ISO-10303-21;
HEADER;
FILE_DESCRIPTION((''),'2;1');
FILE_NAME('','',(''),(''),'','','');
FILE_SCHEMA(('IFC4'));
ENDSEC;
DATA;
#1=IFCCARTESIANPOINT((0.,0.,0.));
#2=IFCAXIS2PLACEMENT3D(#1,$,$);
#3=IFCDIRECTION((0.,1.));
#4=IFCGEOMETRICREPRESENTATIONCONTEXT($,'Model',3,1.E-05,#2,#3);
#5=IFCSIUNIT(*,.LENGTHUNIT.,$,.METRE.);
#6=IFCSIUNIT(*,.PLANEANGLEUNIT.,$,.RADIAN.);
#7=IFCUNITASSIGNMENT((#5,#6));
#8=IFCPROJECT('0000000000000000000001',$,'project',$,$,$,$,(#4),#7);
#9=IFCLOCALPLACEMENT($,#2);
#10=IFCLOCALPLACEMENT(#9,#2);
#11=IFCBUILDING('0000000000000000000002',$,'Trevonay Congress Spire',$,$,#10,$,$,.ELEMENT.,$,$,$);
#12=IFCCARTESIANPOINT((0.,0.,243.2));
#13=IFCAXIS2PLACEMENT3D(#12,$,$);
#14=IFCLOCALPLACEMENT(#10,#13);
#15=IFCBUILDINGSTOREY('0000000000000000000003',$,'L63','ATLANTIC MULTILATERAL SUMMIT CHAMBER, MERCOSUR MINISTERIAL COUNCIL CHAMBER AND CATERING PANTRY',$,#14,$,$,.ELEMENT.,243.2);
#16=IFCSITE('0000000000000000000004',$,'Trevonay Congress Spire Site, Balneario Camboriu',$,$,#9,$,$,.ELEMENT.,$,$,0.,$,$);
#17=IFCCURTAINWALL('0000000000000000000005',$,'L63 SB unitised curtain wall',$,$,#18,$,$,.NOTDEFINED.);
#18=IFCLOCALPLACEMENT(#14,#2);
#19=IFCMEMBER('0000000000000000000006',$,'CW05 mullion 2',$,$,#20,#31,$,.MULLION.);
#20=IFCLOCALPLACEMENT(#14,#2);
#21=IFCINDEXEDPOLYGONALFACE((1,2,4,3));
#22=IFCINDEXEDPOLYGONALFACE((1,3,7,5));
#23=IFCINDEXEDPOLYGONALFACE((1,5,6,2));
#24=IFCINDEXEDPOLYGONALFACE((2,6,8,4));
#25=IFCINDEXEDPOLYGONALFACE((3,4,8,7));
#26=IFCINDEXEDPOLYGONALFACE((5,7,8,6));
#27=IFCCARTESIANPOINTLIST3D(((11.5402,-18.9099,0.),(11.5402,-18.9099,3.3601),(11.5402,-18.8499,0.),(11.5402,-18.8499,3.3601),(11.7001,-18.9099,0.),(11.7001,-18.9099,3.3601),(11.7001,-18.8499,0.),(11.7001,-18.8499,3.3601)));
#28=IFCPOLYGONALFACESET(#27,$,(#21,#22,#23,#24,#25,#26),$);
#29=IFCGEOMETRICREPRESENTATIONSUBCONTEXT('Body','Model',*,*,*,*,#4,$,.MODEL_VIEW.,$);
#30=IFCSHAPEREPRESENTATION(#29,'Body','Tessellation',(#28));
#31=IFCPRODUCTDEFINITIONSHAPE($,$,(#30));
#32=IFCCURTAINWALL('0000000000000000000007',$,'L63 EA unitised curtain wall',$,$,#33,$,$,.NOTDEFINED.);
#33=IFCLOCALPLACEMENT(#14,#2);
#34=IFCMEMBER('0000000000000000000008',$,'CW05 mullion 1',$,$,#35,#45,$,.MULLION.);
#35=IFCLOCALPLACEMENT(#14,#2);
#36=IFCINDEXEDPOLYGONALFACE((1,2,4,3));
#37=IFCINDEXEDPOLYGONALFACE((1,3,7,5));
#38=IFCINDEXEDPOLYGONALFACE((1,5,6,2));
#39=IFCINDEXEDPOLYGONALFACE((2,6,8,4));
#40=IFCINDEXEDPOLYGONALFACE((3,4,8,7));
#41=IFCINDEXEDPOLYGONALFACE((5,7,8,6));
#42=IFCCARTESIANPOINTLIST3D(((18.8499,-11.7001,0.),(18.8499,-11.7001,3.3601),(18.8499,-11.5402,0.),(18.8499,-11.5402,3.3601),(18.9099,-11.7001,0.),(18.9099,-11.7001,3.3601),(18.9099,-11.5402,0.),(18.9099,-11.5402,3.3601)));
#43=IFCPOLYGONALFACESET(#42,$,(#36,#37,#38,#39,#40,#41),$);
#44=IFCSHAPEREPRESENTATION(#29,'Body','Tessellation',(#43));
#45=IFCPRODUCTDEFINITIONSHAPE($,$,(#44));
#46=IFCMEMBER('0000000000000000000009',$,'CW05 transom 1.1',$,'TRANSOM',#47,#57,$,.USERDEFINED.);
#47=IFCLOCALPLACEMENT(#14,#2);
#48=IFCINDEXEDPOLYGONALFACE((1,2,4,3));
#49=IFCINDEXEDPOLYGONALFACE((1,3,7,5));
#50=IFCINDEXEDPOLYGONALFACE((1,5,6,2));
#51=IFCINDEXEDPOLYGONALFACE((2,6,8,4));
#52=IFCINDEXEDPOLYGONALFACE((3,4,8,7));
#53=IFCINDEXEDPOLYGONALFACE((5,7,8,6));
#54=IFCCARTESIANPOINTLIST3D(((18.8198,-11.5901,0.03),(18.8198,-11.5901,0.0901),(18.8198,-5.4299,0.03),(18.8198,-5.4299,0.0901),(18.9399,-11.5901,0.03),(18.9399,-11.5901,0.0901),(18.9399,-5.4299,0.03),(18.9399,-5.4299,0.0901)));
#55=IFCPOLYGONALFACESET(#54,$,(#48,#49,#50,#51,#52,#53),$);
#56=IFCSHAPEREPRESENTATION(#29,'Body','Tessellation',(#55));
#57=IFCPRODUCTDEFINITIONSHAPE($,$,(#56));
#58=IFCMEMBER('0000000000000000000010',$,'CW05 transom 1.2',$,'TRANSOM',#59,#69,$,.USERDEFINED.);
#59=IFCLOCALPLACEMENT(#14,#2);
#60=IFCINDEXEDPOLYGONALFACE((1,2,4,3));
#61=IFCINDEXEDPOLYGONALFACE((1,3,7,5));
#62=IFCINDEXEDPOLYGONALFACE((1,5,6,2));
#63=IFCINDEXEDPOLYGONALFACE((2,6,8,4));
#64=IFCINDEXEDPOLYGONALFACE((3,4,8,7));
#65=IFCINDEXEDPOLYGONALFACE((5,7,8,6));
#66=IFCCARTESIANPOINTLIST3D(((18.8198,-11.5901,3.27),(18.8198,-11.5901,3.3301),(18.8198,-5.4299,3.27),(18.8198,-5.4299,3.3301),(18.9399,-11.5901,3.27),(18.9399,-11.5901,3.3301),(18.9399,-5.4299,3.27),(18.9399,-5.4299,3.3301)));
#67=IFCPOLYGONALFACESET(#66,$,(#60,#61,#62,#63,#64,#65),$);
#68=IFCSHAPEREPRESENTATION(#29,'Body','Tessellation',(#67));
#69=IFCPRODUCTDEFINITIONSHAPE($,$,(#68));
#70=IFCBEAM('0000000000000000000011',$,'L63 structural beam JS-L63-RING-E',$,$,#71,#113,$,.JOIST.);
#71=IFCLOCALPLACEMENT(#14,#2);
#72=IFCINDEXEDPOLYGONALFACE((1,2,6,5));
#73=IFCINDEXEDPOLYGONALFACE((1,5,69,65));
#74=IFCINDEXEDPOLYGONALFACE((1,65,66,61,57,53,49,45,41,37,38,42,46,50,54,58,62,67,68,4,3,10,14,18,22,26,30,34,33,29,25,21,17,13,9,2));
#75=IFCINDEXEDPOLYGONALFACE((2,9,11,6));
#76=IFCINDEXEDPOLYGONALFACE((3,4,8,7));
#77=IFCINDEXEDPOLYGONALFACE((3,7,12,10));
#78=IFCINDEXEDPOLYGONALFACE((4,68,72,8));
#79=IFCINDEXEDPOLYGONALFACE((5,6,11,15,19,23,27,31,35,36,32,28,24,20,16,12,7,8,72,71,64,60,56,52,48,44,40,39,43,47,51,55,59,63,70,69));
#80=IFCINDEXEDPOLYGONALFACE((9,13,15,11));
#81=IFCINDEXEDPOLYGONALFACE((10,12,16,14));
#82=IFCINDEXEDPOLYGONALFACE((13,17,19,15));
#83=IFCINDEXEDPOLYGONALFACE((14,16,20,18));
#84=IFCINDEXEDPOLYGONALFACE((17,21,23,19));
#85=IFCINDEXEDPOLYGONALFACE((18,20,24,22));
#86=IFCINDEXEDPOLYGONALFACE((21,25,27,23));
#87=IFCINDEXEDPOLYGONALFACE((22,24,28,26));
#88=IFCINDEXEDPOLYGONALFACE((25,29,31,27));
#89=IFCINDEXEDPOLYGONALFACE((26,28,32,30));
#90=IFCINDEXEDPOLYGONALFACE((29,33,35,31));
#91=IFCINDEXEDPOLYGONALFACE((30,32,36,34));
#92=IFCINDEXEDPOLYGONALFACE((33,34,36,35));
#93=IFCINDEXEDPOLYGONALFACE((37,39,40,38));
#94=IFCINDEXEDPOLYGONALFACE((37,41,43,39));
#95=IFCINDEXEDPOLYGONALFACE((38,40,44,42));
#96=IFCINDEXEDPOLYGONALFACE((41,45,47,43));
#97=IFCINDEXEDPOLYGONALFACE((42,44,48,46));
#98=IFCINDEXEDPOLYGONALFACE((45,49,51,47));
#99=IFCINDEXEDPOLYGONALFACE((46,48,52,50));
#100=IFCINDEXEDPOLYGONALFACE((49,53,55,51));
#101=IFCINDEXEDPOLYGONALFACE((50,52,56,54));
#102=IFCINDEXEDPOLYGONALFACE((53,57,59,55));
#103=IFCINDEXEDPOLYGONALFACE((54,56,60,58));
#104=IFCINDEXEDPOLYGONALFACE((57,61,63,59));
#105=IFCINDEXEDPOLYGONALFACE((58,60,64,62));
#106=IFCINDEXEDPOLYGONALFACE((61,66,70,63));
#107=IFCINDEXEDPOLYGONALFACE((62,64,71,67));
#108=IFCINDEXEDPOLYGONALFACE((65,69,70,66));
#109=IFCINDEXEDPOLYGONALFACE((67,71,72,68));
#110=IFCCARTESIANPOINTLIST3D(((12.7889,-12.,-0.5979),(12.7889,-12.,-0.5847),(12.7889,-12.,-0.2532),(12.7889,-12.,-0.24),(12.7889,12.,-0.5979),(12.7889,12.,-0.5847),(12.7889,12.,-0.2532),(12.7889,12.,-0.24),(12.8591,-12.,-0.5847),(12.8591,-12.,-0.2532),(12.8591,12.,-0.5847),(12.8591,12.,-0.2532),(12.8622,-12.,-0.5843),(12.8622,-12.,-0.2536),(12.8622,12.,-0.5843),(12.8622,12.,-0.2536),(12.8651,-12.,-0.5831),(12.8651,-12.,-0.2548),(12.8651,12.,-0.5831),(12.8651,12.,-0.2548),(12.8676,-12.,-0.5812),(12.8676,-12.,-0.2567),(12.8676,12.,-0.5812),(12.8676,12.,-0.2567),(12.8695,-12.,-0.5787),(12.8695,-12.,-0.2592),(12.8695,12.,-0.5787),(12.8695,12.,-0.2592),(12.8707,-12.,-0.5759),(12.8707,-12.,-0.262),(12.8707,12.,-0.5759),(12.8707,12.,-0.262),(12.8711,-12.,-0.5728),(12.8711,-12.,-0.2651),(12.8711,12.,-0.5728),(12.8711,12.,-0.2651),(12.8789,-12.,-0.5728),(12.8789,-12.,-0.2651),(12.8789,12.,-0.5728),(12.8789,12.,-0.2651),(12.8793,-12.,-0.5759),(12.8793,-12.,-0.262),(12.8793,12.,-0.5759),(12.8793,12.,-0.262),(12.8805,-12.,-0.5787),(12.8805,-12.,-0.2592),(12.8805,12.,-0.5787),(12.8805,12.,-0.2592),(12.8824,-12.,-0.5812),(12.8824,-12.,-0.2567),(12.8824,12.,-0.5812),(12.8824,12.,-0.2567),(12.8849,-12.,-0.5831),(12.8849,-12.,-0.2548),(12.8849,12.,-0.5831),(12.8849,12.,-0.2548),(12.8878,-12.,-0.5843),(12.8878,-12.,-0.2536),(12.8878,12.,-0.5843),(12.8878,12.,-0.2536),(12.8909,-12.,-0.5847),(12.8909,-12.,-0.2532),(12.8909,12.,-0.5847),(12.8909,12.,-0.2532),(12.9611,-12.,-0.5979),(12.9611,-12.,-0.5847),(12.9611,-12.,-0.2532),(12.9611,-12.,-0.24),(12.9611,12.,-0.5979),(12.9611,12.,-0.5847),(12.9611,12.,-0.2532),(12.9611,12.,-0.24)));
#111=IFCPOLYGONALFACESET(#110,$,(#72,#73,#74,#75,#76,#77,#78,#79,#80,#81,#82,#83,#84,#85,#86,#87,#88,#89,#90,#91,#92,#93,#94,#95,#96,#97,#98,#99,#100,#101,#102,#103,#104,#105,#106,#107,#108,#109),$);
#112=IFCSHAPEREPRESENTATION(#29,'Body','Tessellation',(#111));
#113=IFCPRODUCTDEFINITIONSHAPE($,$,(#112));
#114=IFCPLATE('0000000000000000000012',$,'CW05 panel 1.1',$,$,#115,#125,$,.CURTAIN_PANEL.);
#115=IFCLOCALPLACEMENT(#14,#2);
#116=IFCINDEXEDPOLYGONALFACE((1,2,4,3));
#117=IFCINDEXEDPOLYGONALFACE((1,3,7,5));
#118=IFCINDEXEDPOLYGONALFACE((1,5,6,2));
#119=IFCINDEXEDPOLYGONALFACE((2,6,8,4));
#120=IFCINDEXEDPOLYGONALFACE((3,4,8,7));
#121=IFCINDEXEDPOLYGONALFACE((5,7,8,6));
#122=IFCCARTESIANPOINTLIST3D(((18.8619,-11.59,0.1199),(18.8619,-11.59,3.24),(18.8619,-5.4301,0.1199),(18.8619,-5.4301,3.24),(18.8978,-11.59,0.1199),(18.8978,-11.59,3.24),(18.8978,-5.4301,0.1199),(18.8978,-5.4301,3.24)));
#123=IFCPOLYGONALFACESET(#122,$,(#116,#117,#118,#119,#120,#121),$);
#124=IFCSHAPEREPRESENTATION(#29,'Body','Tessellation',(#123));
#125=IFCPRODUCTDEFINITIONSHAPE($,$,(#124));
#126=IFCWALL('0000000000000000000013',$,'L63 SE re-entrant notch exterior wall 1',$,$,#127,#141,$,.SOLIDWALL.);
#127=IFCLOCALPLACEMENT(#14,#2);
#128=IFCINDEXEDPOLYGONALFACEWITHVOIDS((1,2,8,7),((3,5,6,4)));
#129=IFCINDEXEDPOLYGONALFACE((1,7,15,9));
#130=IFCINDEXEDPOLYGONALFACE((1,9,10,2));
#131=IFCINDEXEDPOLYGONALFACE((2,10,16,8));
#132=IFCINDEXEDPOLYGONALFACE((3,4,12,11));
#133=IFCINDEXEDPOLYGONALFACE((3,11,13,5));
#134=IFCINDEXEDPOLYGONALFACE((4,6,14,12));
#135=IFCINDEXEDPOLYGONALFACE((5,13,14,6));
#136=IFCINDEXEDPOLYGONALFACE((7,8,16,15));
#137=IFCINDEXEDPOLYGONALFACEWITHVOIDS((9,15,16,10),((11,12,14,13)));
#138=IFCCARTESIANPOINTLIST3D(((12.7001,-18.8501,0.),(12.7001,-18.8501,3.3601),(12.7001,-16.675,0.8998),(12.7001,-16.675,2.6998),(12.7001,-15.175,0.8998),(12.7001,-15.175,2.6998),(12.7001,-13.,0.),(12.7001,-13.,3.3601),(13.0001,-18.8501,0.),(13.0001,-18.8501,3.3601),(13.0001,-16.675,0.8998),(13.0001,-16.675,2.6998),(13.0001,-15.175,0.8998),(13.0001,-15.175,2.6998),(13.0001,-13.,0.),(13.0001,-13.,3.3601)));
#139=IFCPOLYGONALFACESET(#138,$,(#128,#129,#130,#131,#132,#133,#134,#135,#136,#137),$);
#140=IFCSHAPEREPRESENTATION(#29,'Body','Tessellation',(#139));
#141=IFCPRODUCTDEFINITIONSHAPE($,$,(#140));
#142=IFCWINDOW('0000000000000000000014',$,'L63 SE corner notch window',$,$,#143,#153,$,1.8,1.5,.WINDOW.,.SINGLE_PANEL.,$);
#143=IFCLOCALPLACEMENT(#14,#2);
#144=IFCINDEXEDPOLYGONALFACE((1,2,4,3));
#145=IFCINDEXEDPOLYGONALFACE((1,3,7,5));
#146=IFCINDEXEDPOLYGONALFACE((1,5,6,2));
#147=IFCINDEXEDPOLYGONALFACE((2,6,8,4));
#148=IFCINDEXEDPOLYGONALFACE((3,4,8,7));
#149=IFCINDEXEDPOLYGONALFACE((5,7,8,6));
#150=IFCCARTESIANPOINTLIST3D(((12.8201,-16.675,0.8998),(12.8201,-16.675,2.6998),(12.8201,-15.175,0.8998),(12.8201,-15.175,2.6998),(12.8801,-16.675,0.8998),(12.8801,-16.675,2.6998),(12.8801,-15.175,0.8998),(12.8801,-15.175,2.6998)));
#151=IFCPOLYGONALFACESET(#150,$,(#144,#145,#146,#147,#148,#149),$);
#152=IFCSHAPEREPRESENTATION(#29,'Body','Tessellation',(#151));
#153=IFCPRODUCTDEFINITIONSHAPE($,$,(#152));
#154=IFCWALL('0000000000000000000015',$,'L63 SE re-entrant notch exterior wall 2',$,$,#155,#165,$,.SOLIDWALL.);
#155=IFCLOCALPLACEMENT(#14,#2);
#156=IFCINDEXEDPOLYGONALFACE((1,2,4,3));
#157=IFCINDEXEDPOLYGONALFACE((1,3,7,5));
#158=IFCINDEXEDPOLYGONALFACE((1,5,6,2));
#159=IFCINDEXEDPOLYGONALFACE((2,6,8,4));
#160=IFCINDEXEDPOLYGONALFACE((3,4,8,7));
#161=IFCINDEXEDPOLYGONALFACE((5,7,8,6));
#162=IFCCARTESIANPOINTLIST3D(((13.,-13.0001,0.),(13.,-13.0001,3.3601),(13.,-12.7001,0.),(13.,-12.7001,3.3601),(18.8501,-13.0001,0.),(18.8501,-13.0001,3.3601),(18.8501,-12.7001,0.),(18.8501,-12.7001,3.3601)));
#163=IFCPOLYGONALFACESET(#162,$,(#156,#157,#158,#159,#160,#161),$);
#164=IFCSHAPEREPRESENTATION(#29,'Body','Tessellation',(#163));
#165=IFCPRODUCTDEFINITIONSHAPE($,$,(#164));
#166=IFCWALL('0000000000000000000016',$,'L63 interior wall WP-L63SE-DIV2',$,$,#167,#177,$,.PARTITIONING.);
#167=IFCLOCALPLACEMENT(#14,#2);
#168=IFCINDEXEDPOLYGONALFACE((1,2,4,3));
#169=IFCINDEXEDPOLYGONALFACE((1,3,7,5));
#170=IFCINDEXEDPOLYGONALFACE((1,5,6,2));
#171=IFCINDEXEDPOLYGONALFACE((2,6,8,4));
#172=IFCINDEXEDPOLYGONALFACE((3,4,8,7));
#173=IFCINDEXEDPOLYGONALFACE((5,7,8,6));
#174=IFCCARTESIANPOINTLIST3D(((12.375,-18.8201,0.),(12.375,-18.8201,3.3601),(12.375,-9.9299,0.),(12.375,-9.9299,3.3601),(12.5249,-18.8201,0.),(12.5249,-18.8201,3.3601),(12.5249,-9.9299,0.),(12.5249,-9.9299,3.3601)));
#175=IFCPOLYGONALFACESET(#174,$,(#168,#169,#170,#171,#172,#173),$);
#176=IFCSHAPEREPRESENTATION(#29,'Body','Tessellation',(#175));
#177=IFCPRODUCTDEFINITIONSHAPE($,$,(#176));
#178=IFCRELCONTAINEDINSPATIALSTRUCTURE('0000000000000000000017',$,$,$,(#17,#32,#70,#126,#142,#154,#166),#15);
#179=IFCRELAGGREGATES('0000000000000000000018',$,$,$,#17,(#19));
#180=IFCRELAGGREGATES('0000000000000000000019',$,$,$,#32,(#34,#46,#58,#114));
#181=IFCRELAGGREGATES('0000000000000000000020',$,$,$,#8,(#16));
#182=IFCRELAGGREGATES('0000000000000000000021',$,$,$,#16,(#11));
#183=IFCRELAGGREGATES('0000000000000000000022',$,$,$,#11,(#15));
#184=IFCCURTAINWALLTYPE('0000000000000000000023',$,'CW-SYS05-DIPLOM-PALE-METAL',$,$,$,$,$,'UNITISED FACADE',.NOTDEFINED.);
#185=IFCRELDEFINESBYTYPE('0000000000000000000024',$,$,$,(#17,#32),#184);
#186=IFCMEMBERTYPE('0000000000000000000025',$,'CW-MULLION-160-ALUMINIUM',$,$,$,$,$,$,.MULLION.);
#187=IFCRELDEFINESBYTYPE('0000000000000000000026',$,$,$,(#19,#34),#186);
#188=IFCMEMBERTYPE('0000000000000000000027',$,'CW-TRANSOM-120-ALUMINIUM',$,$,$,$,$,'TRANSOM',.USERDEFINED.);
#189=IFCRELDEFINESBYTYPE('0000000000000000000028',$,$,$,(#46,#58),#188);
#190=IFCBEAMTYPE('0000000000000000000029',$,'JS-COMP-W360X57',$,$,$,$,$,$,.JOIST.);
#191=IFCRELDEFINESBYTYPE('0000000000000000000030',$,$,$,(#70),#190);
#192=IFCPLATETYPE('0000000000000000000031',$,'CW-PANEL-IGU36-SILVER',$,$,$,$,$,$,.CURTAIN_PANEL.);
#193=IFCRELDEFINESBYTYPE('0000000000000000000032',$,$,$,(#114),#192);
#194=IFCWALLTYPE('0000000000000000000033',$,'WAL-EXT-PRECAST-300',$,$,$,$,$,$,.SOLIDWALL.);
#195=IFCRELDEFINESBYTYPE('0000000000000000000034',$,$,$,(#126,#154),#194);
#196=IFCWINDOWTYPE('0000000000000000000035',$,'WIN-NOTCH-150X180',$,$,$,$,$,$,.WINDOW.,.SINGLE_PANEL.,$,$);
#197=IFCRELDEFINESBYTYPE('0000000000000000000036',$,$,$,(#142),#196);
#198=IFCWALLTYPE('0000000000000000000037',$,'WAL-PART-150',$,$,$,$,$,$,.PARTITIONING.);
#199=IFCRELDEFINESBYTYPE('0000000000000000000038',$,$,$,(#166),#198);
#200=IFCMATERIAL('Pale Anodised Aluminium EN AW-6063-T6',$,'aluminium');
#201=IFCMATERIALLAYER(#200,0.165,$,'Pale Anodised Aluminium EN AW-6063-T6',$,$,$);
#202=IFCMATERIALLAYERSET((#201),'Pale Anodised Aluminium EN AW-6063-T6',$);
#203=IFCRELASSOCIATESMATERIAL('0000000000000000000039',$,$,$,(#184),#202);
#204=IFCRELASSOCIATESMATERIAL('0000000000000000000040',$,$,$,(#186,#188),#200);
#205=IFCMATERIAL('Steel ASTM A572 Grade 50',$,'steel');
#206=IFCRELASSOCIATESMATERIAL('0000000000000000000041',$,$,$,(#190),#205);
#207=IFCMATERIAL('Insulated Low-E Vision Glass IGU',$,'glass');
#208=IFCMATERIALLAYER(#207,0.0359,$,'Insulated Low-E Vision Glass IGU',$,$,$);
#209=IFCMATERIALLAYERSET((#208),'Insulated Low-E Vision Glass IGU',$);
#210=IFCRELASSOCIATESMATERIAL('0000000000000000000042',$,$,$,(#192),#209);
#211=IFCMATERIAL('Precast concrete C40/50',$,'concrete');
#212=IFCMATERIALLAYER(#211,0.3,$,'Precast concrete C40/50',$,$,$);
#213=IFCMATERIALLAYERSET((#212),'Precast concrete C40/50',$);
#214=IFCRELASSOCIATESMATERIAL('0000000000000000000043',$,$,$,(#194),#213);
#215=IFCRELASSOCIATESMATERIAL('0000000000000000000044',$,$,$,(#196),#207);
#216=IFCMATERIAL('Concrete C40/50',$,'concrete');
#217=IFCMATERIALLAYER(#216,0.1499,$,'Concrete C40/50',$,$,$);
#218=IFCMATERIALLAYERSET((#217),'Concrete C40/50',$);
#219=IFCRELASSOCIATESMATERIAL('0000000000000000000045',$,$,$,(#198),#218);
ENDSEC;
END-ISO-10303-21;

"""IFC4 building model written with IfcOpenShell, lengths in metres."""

from ifc_helpers import new_model, si_unit, direction, frame, frame_2d, origin, origin_2d, place, context, subcontext, project, spatial, rectangle, i_section, extrude, material, layer, layer_set, material_profile, profile_set, type_object, element, fill, aggregate, save


model = new_model("IFC4")

# Units and contexts
model_context = context("Model", 3, precision=1e-05, world=origin(), true_north=direction((0.0, 1.0)))
body_context = subcontext(model_context, "Body", "Model", "MODEL_VIEW")
ifc_project = project(units=[si_unit("LENGTHUNIT", "METRE"), si_unit("PLANEANGLEUNIT", "RADIAN")], contexts=[model_context])

# Site, building, storey
site_placement = place(None, origin())
site = spatial("IfcSite", under=ifc_project, at=site_placement, Name="Trevonay Congress Spire Site, Balneario Camboriu", CompositionType="ELEMENT", RefElevation=0.0)
building_placement = place(site_placement, origin())
building = spatial("IfcBuilding", under=site, at=building_placement, Name="Trevonay Congress Spire", CompositionType="ELEMENT")
storey_placement = place(building_placement, frame((0.0, 0.0, 243.2)))
storey = spatial("IfcBuildingStorey", under=building, at=storey_placement, Name="L63", Description="ATLANTIC MULTILATERAL SUMMIT CHAMBER, MERCOSUR MINISTERIAL COUNCIL CHAMBER AND CATERING PANTRY", CompositionType="ELEMENT", Elevation=243.2)

# Shared definitions
ifc_material_1 = material(Name="Steel ASTM A572 Grade 50", Category="steel")

# Curtain wall, member
ifc_material_2 = material(Name="Pale Anodised Aluminium EN AW-6063-T6", Category="aluminium")
ifc_layer_1 = layer(ifc_material_2, 0.165, Name="Pale Anodised Aluminium EN AW-6063-T6")
ifc_layer_set_1 = layer_set([ifc_layer_1], Name="Pale Anodised Aluminium EN AW-6063-T6")
curtain_wall_type = type_object("IfcCurtainWallType", Name="CW-SYS05-DIPLOM-PALE-METAL", ElementType="UNITISED FACADE", PredefinedType="NOTDEFINED", material=ifc_layer_set_1)
curtain_wall_1_placement = place(storey_placement, origin())
curtain_wall_1 = element("IfcCurtainWall", 1, at=curtain_wall_1_placement, inside=storey, type_object=curtain_wall_type, Name="L63 SB unitised curtain wall", PredefinedType="NOTDEFINED")
ifc_material_profile_1 = material_profile(ifc_material_2, rectangle(XDim=0.0601, YDim=0.1599, at=origin_2d()), Name="CW-MULLION-160-ALUMINIUM")
ifc_profile_set_1 = profile_set([ifc_material_profile_1], Name="Pale Anodised Aluminium EN AW-6063-T6")
member_type_1 = type_object("IfcMemberType", Name="CW-MULLION-160-ALUMINIUM", PredefinedType="MULLION", material=ifc_profile_set_1)
member_1_placement = place(storey_placement, frame((11.6201, -18.8799, 0.0), z_axis=(0.0, 0.0, 1.0), x_axis=(0.0, 1.0, 0.0)))
member_1 = element("IfcMember", 2, at=member_1_placement, type_object=member_type_1, Name="CW05 mullion 2", PredefinedType="MULLION", context=body_context, shape_type="SweptSolid", body=[
    extrude(rectangle(XDim=0.0601, YDim=0.1599, at=origin_2d()), origin(), (0.0, 0.0, 1.0), 3.3601),
])
aggregate(curtain_wall_1, [member_1])

# Curtain wall, members
curtain_wall_2_placement = place(storey_placement, origin())
curtain_wall_2 = element("IfcCurtainWall", 3, at=curtain_wall_2_placement, inside=storey, type_object=curtain_wall_type, Name="L63 EA unitised curtain wall", PredefinedType="NOTDEFINED")
member_2_placement = place(storey_placement, frame((18.8799, -11.6201, 0.0), z_axis=(0.0, 0.0, 1.0), x_axis=(-1.0, 0.0, 0.0)))
member_2 = element("IfcMember", 4, at=member_2_placement, type_object=member_type_1, Name="CW05 mullion 1", PredefinedType="MULLION", context=body_context, shape_type="SweptSolid", body=[
    extrude(rectangle(XDim=0.0601, YDim=0.1599, at=origin_2d()), origin(), (0.0, 0.0, 1.0), 3.3601),
])
ifc_material_profile_2 = material_profile(ifc_material_2, rectangle(XDim=0.1201, YDim=0.0601, at=origin_2d()), Name="CW-TRANSOM-120-ALUMINIUM")
ifc_profile_set_2 = profile_set([ifc_material_profile_2], Name="Pale Anodised Aluminium EN AW-6063-T6")
member_type_2 = type_object("IfcMemberType", Name="CW-TRANSOM-120-ALUMINIUM", ElementType="TRANSOM", PredefinedType="USERDEFINED", material=ifc_profile_set_2)
member_3_placement = place(storey_placement, frame((18.8799, -11.5901, 0.0601), z_axis=(0.0, 1.0, 0.0), x_axis=(-1.0, 0.0, 0.0)))
member_3 = element("IfcMember", 5, at=member_3_placement, type_object=member_type_2, Name="CW05 transom 1.1", ObjectType="TRANSOM", PredefinedType="USERDEFINED", context=body_context, shape_type="SweptSolid", body=[
    extrude(rectangle(XDim=0.1201, YDim=0.0601, at=origin_2d()), origin(), (0.0, 0.0, 1.0), 6.1602),
])
member_4_placement = place(storey_placement, frame((18.8799, -11.5901, 3.3), z_axis=(0.0, 1.0, 0.0), x_axis=(-1.0, 0.0, 0.0)))
member_4 = element("IfcMember", 6, at=member_4_placement, type_object=member_type_2, Name="CW05 transom 1.2", ObjectType="TRANSOM", PredefinedType="USERDEFINED", context=body_context, shape_type="SweptSolid", body=[
    extrude(rectangle(XDim=0.1201, YDim=0.0601, at=origin_2d()), origin(), (0.0, 0.0, 1.0), 6.1602),
])

# Beam
ifc_material_profile_3 = material_profile(ifc_material_1, i_section(OverallWidth=0.1721, OverallDepth=0.3579, WebThickness=0.0078, FlangeThickness=0.0132, FilletRadius=0.012, at=origin_2d()), Name="W360x57.8")
ifc_profile_set_3 = profile_set([ifc_material_profile_3], Name="Steel ASTM A572 Grade 50")
beam_type_1 = type_object("IfcBeamType", Name="JS-COMP-W360X57", PredefinedType="JOIST", material=ifc_profile_set_3)
beam_1_placement = place(storey_placement, frame((12.875, -12.0, -0.4189), z_axis=(0.0, 1.0, 0.0), x_axis=(-1.0, 0.0, 0.0)))
element("IfcBeam", 7, at=beam_1_placement, inside=storey, type_object=beam_type_1, Name="L63 structural beam JS-L63-RING-E", PredefinedType="JOIST", context=body_context, shape_type="SweptSolid", body=[
    extrude(i_section(OverallWidth=0.1721, OverallDepth=0.3579, WebThickness=0.0078, FlangeThickness=0.0132, FilletRadius=0.012, at=origin_2d()), origin(), (0.0, 0.0, 1.0), 24.0),
])

# Plate
ifc_material_3 = material(Name="Insulated Low-E Vision Glass IGU", Category="glass")
ifc_layer_2 = layer(ifc_material_3, 0.0359, Name="Insulated Low-E Vision Glass IGU")
ifc_layer_set_2 = layer_set([ifc_layer_2], Name="Insulated Low-E Vision Glass IGU")
plate_type = type_object("IfcPlateType", Name="CW-PANEL-IGU36-SILVER", PredefinedType="CURTAIN_PANEL", material=ifc_layer_set_2)
plate_placement = place(storey_placement, frame((18.8799, -8.51, 0.1199), z_axis=(0.0, 0.0, 1.0), x_axis=(0.0, 1.0, 0.0)))
plate = element("IfcPlate", 8, at=plate_placement, type_object=plate_type, Name="CW05 panel 1.1", PredefinedType="CURTAIN_PANEL", context=body_context, shape_type="SweptSolid", body=[
    extrude(rectangle(XDim=6.1599, YDim=0.0359, at=origin_2d()), origin(), (0.0, 0.0, 1.0), 3.1201),
])
aggregate(curtain_wall_2, [member_2, member_3, member_4, plate])

# Wall, opening, window
ifc_material_4 = material(Name="Precast concrete C40/50", Category="concrete")
ifc_layer_3 = layer(ifc_material_4, 0.3, Name="Precast concrete C40/50")
ifc_layer_set_3 = layer_set([ifc_layer_3], Name="Precast concrete C40/50")
wall_type_1 = type_object("IfcWallType", Name="WAL-EXT-PRECAST-300", PredefinedType="SOLIDWALL", material=ifc_layer_set_3)
wall_1_placement = place(storey_placement, frame((12.8501, -18.8501, 0.0), z_axis=(0.0, 0.0, 1.0), x_axis=(0.0, 1.0, 0.0)))
wall_1 = element("IfcWall", 9, at=wall_1_placement, inside=storey, type_object=wall_type_1, Name="L63 SE re-entrant notch exterior wall 1", PredefinedType="SOLIDWALL", context=body_context, shape_type="SweptSolid", body=[
    extrude(rectangle(XDim=5.8501, YDim=0.3, at=frame_2d((2.925, 0.0))), origin(), (0.0, 0.0, 1.0), 3.3601),
])
opening_placement = place(wall_1_placement, frame((2.175, 0.0, 0.8999)))
opening = element("IfcOpeningElement", 10, at=opening_placement, cuts=wall_1, PredefinedType="OPENING", context=body_context, shape_type="SweptSolid", body=[
    extrude(rectangle(XDim=1.5, YDim=1.8, at=frame_2d((0.75, 0.8999))), frame((0.0, 0.1602, 0.0), z_axis=(0.0, -1.0, 0.0), x_axis=(1.0, 0.0, 0.0)), (0.0, 0.0, 1.0), 0.3201),
])
window_type = type_object("IfcWindowType", Name="WIN-NOTCH-150X180", PartitioningType="SINGLE_PANEL", PredefinedType="WINDOW", material=ifc_material_3)
window_placement = place(opening_placement, origin())
window = element("IfcWindow", 11, at=window_placement, inside=storey, type_object=window_type, Name="L63 SE corner notch window", OverallHeight=1.8, OverallWidth=1.5, PartitioningType="SINGLE_PANEL", PredefinedType="WINDOW", context=body_context, shape_type="SweptSolid", body=[
    extrude(rectangle(XDim=1.5, YDim=1.8, at=frame_2d((0.75, 0.8999))), frame((0.0, 0.03, 0.0), z_axis=(0.0, -1.0, 0.0), x_axis=(1.0, 0.0, 0.0)), (0.0, 0.0, 1.0), 0.0601),
])
fill(opening, window)

# Walls
wall_2_placement = place(storey_placement, frame((18.8501, -12.8501, 0.0), z_axis=(0.0, 0.0, 1.0), x_axis=(-1.0, 0.0, 0.0)))
element("IfcWall", 12, at=wall_2_placement, inside=storey, type_object=wall_type_1, Name="L63 SE re-entrant notch exterior wall 2", PredefinedType="SOLIDWALL", context=body_context, shape_type="SweptSolid", body=[
    extrude(rectangle(XDim=5.8501, YDim=0.3, at=frame_2d((2.925, 0.0))), origin(), (0.0, 0.0, 1.0), 3.3601),
])
ifc_material_5 = material(Name="Concrete C40/50", Category="concrete")
ifc_layer_4 = layer(ifc_material_5, 0.1499, Name="Concrete C40/50")
ifc_layer_set_4 = layer_set([ifc_layer_4], Name="Concrete C40/50")
wall_type_2 = type_object("IfcWallType", Name="WAL-PART-150", PredefinedType="PARTITIONING", material=ifc_layer_set_4)
wall_3_placement = place(storey_placement, frame((12.45, -18.8201, 0.0), z_axis=(0.0, 0.0, 1.0), x_axis=(0.0, 1.0, 0.0)))
element("IfcWall", 13, at=wall_3_placement, inside=storey, type_object=wall_type_2, Name="L63 interior wall WP-L63SE-DIV2", PredefinedType="PARTITIONING", context=body_context, shape_type="SweptSolid", body=[
    extrude(rectangle(XDim=8.8901, YDim=0.1499, at=frame_2d((4.4451, 0.0))), origin(), (0.0, 0.0, 1.0), 3.3601),
])

save(model, "model.ifc")
